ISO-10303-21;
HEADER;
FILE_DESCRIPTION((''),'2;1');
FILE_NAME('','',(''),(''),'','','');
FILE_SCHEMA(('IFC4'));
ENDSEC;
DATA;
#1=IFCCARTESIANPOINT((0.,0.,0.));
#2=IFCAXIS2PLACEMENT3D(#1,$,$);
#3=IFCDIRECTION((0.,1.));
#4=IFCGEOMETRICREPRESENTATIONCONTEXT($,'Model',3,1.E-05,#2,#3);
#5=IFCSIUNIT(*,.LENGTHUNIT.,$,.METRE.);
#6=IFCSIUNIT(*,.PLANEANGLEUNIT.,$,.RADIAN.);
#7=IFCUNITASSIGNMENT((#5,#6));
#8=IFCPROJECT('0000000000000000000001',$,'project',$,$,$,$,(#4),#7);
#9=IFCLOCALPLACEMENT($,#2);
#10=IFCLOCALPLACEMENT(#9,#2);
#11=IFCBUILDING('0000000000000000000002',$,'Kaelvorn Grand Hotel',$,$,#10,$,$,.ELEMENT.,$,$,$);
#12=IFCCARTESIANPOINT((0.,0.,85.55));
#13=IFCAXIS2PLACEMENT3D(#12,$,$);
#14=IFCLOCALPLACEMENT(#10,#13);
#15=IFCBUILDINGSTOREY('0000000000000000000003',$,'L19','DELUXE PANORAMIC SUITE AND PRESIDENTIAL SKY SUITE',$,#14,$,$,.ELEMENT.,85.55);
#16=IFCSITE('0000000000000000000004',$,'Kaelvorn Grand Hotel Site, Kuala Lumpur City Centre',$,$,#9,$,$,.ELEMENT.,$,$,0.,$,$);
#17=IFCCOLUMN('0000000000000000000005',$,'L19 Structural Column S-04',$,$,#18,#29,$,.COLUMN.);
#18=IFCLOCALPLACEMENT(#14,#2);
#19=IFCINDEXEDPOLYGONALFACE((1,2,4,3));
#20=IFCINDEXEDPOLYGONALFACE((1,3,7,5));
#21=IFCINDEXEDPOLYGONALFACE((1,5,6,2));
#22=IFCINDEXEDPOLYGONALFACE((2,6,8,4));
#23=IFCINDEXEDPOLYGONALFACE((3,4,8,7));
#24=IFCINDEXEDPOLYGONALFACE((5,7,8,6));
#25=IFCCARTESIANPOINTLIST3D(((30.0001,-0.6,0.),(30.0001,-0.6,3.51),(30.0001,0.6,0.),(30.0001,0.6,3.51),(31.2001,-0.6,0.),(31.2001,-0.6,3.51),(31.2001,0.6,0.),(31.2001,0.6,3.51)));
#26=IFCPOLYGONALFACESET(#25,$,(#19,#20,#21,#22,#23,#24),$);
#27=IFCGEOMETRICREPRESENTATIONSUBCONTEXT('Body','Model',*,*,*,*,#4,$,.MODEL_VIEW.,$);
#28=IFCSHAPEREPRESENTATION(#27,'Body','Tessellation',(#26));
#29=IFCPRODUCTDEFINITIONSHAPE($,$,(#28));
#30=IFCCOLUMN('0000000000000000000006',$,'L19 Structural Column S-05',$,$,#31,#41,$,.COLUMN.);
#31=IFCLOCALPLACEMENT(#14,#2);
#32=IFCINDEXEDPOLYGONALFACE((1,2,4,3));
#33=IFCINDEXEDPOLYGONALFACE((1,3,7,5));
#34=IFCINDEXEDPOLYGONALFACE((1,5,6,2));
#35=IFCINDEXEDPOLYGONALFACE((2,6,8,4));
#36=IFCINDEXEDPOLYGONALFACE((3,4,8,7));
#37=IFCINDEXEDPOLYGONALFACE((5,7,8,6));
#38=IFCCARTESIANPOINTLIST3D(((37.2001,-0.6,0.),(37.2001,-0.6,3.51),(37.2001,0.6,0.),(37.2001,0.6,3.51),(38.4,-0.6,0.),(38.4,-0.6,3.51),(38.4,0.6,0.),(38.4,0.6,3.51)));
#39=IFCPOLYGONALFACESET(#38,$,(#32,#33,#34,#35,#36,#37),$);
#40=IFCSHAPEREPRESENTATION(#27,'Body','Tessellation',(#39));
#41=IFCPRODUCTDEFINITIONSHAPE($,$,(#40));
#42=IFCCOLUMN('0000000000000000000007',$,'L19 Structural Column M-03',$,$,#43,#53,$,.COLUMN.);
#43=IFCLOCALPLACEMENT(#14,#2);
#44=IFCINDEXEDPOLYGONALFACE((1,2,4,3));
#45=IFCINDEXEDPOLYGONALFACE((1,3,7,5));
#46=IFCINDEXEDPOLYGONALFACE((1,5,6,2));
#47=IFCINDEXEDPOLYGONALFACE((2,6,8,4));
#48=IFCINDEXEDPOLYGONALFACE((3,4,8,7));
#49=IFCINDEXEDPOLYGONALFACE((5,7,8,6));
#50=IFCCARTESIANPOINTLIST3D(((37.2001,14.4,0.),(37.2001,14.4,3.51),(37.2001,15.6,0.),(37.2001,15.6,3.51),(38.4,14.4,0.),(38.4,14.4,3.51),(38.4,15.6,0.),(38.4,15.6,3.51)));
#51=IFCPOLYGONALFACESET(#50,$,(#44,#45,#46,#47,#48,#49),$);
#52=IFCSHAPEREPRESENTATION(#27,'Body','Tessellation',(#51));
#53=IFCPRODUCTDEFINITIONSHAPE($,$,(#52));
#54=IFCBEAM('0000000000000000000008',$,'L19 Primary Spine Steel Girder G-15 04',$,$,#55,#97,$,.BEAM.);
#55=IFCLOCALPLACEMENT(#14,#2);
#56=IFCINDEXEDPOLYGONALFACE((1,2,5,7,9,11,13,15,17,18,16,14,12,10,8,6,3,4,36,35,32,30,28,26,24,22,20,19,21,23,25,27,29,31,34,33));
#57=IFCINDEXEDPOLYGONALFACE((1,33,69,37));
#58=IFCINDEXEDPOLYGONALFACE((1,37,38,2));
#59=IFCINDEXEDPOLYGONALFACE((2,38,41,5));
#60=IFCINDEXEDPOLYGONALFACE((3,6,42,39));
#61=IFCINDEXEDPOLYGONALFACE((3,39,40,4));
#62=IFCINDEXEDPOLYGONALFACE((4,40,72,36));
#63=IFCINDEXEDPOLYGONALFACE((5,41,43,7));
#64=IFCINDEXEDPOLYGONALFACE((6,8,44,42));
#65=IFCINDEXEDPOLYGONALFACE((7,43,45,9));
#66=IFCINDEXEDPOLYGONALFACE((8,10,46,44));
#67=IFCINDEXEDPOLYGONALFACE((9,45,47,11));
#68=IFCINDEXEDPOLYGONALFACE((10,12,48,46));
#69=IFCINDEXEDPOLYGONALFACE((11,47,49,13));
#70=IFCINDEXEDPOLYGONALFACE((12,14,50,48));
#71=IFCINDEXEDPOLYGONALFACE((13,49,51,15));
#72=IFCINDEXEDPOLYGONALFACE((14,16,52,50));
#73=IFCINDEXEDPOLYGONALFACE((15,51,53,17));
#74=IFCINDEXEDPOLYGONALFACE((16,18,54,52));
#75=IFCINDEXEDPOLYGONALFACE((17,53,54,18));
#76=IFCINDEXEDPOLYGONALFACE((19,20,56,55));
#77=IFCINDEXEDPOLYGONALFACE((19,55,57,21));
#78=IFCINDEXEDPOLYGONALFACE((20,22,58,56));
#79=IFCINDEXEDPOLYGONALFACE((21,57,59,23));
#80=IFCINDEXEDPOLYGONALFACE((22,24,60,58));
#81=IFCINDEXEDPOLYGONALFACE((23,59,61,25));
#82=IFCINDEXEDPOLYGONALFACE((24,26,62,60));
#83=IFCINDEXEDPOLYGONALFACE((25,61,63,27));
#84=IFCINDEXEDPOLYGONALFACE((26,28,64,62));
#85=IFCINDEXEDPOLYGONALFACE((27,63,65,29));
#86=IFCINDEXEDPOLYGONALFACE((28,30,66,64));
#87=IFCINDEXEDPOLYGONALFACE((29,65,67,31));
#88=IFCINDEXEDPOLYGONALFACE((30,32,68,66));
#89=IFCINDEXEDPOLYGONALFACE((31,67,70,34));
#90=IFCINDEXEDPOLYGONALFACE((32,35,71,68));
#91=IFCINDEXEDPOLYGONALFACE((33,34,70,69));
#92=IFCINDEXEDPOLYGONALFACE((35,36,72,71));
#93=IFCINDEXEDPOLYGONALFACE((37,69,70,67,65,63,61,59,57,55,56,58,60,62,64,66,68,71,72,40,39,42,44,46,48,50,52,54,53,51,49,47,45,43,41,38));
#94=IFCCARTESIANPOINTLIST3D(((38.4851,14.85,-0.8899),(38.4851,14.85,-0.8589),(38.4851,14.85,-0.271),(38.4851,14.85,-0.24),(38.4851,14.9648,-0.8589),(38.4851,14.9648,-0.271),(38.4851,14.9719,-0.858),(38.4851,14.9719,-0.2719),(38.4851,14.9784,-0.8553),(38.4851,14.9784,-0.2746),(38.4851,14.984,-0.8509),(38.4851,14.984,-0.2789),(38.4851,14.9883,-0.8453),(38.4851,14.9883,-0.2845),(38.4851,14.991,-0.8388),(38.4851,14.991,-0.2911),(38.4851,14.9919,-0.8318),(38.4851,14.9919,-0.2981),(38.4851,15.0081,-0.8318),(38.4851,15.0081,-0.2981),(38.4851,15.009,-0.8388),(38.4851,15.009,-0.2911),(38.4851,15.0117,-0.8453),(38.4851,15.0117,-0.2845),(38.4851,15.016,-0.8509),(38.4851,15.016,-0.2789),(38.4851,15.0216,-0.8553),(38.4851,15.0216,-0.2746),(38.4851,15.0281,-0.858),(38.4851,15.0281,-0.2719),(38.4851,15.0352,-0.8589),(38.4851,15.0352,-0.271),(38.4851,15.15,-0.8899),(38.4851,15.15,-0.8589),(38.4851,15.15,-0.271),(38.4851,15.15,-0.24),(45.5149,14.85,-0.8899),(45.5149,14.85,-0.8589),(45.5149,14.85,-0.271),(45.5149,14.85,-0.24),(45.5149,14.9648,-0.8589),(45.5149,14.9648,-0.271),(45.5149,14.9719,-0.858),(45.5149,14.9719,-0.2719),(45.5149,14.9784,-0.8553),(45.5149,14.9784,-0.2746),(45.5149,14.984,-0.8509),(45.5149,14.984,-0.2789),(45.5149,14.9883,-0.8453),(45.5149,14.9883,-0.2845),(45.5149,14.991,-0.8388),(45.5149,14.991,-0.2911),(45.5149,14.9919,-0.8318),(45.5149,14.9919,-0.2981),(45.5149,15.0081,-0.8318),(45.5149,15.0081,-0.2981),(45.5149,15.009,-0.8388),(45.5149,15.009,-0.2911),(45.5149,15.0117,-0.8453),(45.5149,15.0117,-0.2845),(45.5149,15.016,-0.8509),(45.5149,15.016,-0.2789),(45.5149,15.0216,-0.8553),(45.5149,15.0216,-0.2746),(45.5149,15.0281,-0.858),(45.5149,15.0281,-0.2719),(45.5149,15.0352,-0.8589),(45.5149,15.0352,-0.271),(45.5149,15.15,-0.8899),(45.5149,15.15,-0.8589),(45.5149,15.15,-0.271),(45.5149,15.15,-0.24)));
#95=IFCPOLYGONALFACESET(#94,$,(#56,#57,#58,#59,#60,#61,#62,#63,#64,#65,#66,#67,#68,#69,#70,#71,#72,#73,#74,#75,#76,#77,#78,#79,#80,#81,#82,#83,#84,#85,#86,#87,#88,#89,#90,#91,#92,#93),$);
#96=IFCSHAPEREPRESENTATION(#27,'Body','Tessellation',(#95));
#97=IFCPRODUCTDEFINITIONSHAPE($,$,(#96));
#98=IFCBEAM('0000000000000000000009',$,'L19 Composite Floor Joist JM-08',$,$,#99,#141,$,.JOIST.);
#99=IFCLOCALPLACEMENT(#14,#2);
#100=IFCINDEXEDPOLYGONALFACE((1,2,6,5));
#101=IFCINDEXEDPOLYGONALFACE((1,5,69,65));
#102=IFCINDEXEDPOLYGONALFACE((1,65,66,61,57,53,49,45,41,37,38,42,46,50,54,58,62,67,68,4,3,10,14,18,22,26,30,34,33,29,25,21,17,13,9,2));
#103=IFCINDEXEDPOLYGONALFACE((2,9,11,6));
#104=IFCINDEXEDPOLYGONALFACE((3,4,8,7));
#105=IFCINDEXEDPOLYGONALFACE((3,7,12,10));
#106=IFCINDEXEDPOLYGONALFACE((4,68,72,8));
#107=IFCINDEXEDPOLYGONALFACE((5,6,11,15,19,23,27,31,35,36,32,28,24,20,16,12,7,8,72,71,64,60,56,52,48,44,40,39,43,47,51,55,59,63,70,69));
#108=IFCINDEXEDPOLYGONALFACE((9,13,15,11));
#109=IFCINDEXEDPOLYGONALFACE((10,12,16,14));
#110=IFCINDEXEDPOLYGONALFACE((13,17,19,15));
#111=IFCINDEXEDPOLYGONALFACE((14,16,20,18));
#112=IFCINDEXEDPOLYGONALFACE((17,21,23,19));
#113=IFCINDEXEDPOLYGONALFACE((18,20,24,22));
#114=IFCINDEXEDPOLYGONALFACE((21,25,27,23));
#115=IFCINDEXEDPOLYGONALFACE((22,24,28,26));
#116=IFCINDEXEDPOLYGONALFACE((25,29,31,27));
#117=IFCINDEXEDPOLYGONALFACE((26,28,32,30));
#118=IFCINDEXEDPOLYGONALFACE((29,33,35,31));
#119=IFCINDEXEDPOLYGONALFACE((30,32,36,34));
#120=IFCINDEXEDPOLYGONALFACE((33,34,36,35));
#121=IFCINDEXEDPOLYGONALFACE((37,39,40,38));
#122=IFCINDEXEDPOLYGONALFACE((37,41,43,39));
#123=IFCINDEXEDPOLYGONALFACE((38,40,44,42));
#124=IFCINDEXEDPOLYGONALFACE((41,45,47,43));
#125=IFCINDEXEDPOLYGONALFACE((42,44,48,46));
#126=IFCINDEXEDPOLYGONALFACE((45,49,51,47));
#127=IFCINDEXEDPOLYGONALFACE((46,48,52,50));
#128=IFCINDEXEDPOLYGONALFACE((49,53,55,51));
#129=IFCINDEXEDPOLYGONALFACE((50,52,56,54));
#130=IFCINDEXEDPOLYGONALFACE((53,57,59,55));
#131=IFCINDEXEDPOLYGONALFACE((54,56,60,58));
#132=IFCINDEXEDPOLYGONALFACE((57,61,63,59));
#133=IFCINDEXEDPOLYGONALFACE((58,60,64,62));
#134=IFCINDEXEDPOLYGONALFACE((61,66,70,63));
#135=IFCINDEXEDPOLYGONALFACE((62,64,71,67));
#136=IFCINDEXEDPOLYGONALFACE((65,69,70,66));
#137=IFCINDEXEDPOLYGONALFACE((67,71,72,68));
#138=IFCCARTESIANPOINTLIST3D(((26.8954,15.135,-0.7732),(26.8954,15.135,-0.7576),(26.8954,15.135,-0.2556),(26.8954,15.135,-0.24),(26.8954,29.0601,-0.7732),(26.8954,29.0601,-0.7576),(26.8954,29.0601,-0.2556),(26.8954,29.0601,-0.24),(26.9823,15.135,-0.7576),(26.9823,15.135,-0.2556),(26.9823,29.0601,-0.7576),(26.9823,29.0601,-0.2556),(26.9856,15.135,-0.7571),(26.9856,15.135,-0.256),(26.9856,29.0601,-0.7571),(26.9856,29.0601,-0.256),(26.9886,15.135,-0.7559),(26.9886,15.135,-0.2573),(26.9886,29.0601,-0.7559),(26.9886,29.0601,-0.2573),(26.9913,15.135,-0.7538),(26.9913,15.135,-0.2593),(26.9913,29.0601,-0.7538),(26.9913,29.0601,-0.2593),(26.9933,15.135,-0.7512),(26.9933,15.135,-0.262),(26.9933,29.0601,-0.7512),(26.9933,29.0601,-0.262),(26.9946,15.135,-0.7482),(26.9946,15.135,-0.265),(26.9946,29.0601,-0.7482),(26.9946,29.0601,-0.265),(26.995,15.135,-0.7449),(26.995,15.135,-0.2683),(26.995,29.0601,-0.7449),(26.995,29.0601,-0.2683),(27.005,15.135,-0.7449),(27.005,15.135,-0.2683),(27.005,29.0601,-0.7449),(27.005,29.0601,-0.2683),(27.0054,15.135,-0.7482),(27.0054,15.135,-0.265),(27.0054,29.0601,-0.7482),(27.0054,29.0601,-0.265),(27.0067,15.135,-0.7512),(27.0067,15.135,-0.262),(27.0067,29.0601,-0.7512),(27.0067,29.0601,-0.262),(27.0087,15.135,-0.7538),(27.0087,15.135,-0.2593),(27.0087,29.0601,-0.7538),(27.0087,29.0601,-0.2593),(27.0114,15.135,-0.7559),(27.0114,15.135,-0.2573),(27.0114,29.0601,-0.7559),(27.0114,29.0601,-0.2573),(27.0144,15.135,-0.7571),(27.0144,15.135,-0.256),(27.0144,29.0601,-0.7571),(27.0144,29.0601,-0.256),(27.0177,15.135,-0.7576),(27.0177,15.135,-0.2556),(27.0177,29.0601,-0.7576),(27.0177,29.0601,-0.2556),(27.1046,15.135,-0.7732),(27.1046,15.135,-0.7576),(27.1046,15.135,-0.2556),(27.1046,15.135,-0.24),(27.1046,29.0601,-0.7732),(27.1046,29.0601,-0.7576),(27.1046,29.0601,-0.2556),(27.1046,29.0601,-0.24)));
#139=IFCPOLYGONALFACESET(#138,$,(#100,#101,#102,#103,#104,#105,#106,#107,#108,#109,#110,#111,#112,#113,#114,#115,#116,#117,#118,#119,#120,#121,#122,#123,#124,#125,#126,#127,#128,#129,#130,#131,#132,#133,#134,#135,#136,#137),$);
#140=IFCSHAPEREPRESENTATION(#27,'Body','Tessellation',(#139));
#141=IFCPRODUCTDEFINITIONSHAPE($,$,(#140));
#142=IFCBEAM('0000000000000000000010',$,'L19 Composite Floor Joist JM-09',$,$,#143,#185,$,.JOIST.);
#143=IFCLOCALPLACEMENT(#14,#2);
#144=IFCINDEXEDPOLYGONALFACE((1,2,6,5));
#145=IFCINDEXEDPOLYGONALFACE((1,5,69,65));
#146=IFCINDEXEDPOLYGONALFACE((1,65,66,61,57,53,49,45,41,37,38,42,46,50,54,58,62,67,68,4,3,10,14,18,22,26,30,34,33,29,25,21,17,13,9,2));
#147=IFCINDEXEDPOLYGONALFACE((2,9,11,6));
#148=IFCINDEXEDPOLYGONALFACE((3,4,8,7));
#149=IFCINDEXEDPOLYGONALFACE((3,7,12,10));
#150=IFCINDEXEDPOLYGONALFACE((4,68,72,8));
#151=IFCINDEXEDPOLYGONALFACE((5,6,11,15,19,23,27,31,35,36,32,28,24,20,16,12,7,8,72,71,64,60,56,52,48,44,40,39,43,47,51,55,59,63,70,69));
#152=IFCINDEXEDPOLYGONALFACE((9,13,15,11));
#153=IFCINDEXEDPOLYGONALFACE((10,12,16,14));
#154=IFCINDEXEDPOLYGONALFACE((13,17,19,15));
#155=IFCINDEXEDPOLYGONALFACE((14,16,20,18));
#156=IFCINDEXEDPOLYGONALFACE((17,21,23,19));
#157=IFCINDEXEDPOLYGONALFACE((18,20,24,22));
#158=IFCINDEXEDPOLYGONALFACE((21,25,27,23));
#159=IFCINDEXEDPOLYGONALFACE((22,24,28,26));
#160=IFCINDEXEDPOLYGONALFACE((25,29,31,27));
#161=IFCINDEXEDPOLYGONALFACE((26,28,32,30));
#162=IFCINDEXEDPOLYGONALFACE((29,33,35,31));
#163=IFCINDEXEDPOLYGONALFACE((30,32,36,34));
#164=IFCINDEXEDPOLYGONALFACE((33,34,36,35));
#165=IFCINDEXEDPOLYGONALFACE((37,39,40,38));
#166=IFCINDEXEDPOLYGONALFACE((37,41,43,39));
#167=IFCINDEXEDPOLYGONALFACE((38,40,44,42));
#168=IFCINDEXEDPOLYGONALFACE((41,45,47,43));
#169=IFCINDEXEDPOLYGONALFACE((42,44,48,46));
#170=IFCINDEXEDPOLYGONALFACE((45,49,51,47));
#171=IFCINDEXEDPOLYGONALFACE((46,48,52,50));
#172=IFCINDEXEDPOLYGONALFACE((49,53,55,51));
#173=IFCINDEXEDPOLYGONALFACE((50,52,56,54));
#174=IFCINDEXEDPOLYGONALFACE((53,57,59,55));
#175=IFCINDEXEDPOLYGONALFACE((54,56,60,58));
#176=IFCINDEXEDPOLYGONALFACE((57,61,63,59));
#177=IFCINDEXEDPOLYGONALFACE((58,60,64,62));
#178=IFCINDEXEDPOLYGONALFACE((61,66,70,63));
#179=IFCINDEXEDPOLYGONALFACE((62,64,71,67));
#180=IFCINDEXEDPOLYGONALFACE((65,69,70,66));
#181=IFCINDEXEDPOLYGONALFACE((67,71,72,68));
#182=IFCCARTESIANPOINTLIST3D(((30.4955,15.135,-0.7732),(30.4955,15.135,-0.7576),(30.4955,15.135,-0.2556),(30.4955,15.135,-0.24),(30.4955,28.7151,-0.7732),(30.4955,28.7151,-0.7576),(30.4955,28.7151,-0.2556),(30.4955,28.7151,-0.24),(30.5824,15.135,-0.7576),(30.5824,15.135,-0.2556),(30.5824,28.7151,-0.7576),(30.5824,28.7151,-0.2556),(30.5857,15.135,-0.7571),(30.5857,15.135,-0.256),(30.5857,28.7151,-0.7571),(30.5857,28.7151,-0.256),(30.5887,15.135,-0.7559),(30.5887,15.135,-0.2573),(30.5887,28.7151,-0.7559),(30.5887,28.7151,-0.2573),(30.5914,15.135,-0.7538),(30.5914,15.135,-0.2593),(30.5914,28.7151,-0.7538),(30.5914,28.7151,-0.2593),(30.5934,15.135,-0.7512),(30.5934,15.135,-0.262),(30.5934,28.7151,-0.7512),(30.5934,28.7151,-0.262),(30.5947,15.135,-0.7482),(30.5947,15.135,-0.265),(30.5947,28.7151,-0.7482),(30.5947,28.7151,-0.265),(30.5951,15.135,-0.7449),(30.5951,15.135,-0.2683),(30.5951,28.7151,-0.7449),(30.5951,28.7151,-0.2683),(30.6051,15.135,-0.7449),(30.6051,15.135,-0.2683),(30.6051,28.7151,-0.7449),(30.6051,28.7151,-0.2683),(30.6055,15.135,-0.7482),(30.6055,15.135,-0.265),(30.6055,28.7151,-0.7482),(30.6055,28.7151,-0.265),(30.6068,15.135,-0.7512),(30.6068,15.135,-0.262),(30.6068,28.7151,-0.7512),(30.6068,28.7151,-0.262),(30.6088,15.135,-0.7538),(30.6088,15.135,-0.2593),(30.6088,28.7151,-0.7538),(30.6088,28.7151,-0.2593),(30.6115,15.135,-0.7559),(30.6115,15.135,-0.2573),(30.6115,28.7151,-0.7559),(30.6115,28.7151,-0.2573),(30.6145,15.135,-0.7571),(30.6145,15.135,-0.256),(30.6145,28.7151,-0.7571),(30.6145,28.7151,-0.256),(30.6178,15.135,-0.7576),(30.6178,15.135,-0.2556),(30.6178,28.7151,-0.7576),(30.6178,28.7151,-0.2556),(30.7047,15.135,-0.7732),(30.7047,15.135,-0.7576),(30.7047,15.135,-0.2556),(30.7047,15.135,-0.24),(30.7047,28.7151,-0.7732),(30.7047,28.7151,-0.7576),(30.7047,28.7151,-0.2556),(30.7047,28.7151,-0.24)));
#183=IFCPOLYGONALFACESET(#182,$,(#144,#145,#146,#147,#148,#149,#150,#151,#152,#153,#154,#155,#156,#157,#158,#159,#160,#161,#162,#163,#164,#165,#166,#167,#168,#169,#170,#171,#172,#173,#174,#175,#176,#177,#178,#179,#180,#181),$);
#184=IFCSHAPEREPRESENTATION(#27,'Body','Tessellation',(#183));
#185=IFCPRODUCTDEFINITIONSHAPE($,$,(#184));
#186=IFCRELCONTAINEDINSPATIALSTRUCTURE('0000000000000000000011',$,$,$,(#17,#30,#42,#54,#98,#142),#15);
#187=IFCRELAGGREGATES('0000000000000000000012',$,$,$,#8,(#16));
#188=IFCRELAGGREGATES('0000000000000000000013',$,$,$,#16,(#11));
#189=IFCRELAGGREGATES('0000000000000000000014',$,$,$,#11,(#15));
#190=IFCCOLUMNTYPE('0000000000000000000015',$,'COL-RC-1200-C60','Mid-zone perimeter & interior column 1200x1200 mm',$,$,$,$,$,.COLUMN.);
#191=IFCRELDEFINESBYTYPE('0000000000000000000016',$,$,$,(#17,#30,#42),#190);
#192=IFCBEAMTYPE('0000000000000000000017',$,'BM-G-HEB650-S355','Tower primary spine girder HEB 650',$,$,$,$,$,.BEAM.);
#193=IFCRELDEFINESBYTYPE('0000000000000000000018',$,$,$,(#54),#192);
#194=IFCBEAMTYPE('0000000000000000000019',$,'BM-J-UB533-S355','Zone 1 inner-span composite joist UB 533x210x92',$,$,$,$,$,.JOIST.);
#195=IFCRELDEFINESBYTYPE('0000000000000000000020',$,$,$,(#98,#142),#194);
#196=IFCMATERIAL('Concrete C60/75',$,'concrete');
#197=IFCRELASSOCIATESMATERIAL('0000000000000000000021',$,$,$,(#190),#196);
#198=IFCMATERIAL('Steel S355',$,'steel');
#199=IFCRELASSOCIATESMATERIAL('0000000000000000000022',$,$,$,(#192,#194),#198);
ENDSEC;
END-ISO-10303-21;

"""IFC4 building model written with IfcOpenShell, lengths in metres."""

from ifc_helpers import new_model, si_unit, direction, frame, origin, origin_2d, place, context, subcontext, project, spatial, rectangle, i_section, extrude, material, material_profile, profile_set, type_object, element, save


model = new_model("IFC4")

# Units and contexts
model_context = context("Model", 3, precision=1e-05, world=origin(), true_north=direction((0.0, 1.0)))
body_context = subcontext(model_context, "Body", "Model", "MODEL_VIEW")
ifc_project = project(units=[si_unit("LENGTHUNIT", "METRE"), si_unit("PLANEANGLEUNIT", "RADIAN")], contexts=[model_context])

# Site, building, storey
site_placement = place(None, origin())
site = spatial("IfcSite", under=ifc_project, at=site_placement, Name="Kaelvorn Grand Hotel Site, Kuala Lumpur City Centre", CompositionType="ELEMENT", RefElevation=0.0)
building_placement = place(site_placement, origin())
building = spatial("IfcBuilding", under=site, at=building_placement, Name="Kaelvorn Grand Hotel", CompositionType="ELEMENT")
storey_placement = place(building_placement, frame((0.0, 0.0, 85.55)))
storey = spatial("IfcBuildingStorey", under=building, at=storey_placement, Name="L19", Description="DELUXE PANORAMIC SUITE AND PRESIDENTIAL SKY SUITE", CompositionType="ELEMENT", Elevation=85.55)

# Columns
ifc_material_1 = material(Name="Concrete C60/75", Category="concrete")
ifc_material_profile_1 = material_profile(ifc_material_1, rectangle(XDim=1.2, YDim=1.2, at=origin_2d()), Name="RC COL 1200x1200")
ifc_profile_set_1 = profile_set([ifc_material_profile_1], Name="Concrete C60/75")
column_type = type_object("IfcColumnType", Name="COL-RC-1200-C60", Description="Mid-zone perimeter & interior column 1200x1200 mm", PredefinedType="COLUMN", material=ifc_profile_set_1)
for number, where, z_axis, x_axis, name in (
    (1, (30.6001, 0.0, 0.0), (0.0, 0.0, 1.0), (1.0, 0.0, 0.0), "L19 Structural Column S-04"),
    (2, (37.8, 0.0, 0.0), (0.0, 0.0, 1.0), (1.0, 0.0, 0.0), "L19 Structural Column S-05"),
    (3, (37.8, 15.0, 0.0), (0.0, 0.0, 1.0), (1.0, 0.0, 0.0), "L19 Structural Column M-03"),
):
    element("IfcColumn", number, at=place(storey_placement, frame(where, z_axis=z_axis, x_axis=x_axis)), inside=storey, type_object=column_type, Name=name, PredefinedType="COLUMN", context=body_context, shape_type="SweptSolid", body=[
        extrude(rectangle(XDim=1.2, YDim=1.2, at=origin_2d()), origin(), (0.0, 0.0, 1.0), 3.51),
    ])

# Beams
ifc_material_2 = material(Name="Steel S355", Category="steel")
ifc_material_profile_2 = material_profile(ifc_material_2, i_section(OverallWidth=0.3, OverallDepth=0.6499, WebThickness=0.0161, FlangeThickness=0.031, FilletRadius=0.0271, at=origin_2d()), Name="HEB 650")
ifc_profile_set_2 = profile_set([ifc_material_profile_2], Name="Steel S355")
beam_type_1 = type_object("IfcBeamType", Name="BM-G-HEB650-S355", Description="Tower primary spine girder HEB 650", PredefinedType="BEAM", material=ifc_profile_set_2)
beam_1_placement = place(storey_placement, frame((38.4851, 15.0, -0.5649), z_axis=(1.0, 0.0, 0.0), x_axis=(0.0, 1.0, 0.0)))
element("IfcBeam", 4, at=beam_1_placement, inside=storey, type_object=beam_type_1, Name="L19 Primary Spine Steel Girder G-15 04", PredefinedType="BEAM", context=body_context, shape_type="SweptSolid", body=[
    extrude(i_section(OverallWidth=0.3, OverallDepth=0.6499, WebThickness=0.0161, FlangeThickness=0.031, FilletRadius=0.0271, at=origin_2d()), origin(), (0.0, 0.0, 1.0), 7.0298),
])
ifc_material_profile_3 = material_profile(ifc_material_2, i_section(OverallWidth=0.2092, OverallDepth=0.5332, WebThickness=0.01, FlangeThickness=0.0156, FilletRadius=0.0127, at=origin_2d()), Name="UB 533x210x92")
ifc_profile_set_3 = profile_set([ifc_material_profile_3], Name="Steel S355")
beam_type_2 = type_object("IfcBeamType", Name="BM-J-UB533-S355", Description="Zone 1 inner-span composite joist UB 533x210x92", PredefinedType="JOIST", material=ifc_profile_set_3)
beam_2_placement = place(storey_placement, frame((27.0, 15.135, -0.5066), z_axis=(0.0, 1.0, 0.0), x_axis=(-1.0, 0.0, 0.0)))
element("IfcBeam", 5, at=beam_2_placement, inside=storey, type_object=beam_type_2, Name="L19 Composite Floor Joist JM-08", PredefinedType="JOIST", context=body_context, shape_type="SweptSolid", body=[
    extrude(i_section(OverallWidth=0.2092, OverallDepth=0.5332, WebThickness=0.01, FlangeThickness=0.0156, FilletRadius=0.0127, at=origin_2d()), origin(), (0.0, 0.0, 1.0), 13.925),
])
beam_3_placement = place(storey_placement, frame((30.6001, 15.135, -0.5066), z_axis=(0.0, 1.0, 0.0), x_axis=(-1.0, 0.0, 0.0)))
element("IfcBeam", 6, at=beam_3_placement, inside=storey, type_object=beam_type_2, Name="L19 Composite Floor Joist JM-09", PredefinedType="JOIST", context=body_context, shape_type="SweptSolid", body=[
    extrude(i_section(OverallWidth=0.2092, OverallDepth=0.5332, WebThickness=0.01, FlangeThickness=0.0156, FilletRadius=0.0127, at=origin_2d()), origin(), (0.0, 0.0, 1.0), 13.5801),
])

save(model, "model.ifc")
